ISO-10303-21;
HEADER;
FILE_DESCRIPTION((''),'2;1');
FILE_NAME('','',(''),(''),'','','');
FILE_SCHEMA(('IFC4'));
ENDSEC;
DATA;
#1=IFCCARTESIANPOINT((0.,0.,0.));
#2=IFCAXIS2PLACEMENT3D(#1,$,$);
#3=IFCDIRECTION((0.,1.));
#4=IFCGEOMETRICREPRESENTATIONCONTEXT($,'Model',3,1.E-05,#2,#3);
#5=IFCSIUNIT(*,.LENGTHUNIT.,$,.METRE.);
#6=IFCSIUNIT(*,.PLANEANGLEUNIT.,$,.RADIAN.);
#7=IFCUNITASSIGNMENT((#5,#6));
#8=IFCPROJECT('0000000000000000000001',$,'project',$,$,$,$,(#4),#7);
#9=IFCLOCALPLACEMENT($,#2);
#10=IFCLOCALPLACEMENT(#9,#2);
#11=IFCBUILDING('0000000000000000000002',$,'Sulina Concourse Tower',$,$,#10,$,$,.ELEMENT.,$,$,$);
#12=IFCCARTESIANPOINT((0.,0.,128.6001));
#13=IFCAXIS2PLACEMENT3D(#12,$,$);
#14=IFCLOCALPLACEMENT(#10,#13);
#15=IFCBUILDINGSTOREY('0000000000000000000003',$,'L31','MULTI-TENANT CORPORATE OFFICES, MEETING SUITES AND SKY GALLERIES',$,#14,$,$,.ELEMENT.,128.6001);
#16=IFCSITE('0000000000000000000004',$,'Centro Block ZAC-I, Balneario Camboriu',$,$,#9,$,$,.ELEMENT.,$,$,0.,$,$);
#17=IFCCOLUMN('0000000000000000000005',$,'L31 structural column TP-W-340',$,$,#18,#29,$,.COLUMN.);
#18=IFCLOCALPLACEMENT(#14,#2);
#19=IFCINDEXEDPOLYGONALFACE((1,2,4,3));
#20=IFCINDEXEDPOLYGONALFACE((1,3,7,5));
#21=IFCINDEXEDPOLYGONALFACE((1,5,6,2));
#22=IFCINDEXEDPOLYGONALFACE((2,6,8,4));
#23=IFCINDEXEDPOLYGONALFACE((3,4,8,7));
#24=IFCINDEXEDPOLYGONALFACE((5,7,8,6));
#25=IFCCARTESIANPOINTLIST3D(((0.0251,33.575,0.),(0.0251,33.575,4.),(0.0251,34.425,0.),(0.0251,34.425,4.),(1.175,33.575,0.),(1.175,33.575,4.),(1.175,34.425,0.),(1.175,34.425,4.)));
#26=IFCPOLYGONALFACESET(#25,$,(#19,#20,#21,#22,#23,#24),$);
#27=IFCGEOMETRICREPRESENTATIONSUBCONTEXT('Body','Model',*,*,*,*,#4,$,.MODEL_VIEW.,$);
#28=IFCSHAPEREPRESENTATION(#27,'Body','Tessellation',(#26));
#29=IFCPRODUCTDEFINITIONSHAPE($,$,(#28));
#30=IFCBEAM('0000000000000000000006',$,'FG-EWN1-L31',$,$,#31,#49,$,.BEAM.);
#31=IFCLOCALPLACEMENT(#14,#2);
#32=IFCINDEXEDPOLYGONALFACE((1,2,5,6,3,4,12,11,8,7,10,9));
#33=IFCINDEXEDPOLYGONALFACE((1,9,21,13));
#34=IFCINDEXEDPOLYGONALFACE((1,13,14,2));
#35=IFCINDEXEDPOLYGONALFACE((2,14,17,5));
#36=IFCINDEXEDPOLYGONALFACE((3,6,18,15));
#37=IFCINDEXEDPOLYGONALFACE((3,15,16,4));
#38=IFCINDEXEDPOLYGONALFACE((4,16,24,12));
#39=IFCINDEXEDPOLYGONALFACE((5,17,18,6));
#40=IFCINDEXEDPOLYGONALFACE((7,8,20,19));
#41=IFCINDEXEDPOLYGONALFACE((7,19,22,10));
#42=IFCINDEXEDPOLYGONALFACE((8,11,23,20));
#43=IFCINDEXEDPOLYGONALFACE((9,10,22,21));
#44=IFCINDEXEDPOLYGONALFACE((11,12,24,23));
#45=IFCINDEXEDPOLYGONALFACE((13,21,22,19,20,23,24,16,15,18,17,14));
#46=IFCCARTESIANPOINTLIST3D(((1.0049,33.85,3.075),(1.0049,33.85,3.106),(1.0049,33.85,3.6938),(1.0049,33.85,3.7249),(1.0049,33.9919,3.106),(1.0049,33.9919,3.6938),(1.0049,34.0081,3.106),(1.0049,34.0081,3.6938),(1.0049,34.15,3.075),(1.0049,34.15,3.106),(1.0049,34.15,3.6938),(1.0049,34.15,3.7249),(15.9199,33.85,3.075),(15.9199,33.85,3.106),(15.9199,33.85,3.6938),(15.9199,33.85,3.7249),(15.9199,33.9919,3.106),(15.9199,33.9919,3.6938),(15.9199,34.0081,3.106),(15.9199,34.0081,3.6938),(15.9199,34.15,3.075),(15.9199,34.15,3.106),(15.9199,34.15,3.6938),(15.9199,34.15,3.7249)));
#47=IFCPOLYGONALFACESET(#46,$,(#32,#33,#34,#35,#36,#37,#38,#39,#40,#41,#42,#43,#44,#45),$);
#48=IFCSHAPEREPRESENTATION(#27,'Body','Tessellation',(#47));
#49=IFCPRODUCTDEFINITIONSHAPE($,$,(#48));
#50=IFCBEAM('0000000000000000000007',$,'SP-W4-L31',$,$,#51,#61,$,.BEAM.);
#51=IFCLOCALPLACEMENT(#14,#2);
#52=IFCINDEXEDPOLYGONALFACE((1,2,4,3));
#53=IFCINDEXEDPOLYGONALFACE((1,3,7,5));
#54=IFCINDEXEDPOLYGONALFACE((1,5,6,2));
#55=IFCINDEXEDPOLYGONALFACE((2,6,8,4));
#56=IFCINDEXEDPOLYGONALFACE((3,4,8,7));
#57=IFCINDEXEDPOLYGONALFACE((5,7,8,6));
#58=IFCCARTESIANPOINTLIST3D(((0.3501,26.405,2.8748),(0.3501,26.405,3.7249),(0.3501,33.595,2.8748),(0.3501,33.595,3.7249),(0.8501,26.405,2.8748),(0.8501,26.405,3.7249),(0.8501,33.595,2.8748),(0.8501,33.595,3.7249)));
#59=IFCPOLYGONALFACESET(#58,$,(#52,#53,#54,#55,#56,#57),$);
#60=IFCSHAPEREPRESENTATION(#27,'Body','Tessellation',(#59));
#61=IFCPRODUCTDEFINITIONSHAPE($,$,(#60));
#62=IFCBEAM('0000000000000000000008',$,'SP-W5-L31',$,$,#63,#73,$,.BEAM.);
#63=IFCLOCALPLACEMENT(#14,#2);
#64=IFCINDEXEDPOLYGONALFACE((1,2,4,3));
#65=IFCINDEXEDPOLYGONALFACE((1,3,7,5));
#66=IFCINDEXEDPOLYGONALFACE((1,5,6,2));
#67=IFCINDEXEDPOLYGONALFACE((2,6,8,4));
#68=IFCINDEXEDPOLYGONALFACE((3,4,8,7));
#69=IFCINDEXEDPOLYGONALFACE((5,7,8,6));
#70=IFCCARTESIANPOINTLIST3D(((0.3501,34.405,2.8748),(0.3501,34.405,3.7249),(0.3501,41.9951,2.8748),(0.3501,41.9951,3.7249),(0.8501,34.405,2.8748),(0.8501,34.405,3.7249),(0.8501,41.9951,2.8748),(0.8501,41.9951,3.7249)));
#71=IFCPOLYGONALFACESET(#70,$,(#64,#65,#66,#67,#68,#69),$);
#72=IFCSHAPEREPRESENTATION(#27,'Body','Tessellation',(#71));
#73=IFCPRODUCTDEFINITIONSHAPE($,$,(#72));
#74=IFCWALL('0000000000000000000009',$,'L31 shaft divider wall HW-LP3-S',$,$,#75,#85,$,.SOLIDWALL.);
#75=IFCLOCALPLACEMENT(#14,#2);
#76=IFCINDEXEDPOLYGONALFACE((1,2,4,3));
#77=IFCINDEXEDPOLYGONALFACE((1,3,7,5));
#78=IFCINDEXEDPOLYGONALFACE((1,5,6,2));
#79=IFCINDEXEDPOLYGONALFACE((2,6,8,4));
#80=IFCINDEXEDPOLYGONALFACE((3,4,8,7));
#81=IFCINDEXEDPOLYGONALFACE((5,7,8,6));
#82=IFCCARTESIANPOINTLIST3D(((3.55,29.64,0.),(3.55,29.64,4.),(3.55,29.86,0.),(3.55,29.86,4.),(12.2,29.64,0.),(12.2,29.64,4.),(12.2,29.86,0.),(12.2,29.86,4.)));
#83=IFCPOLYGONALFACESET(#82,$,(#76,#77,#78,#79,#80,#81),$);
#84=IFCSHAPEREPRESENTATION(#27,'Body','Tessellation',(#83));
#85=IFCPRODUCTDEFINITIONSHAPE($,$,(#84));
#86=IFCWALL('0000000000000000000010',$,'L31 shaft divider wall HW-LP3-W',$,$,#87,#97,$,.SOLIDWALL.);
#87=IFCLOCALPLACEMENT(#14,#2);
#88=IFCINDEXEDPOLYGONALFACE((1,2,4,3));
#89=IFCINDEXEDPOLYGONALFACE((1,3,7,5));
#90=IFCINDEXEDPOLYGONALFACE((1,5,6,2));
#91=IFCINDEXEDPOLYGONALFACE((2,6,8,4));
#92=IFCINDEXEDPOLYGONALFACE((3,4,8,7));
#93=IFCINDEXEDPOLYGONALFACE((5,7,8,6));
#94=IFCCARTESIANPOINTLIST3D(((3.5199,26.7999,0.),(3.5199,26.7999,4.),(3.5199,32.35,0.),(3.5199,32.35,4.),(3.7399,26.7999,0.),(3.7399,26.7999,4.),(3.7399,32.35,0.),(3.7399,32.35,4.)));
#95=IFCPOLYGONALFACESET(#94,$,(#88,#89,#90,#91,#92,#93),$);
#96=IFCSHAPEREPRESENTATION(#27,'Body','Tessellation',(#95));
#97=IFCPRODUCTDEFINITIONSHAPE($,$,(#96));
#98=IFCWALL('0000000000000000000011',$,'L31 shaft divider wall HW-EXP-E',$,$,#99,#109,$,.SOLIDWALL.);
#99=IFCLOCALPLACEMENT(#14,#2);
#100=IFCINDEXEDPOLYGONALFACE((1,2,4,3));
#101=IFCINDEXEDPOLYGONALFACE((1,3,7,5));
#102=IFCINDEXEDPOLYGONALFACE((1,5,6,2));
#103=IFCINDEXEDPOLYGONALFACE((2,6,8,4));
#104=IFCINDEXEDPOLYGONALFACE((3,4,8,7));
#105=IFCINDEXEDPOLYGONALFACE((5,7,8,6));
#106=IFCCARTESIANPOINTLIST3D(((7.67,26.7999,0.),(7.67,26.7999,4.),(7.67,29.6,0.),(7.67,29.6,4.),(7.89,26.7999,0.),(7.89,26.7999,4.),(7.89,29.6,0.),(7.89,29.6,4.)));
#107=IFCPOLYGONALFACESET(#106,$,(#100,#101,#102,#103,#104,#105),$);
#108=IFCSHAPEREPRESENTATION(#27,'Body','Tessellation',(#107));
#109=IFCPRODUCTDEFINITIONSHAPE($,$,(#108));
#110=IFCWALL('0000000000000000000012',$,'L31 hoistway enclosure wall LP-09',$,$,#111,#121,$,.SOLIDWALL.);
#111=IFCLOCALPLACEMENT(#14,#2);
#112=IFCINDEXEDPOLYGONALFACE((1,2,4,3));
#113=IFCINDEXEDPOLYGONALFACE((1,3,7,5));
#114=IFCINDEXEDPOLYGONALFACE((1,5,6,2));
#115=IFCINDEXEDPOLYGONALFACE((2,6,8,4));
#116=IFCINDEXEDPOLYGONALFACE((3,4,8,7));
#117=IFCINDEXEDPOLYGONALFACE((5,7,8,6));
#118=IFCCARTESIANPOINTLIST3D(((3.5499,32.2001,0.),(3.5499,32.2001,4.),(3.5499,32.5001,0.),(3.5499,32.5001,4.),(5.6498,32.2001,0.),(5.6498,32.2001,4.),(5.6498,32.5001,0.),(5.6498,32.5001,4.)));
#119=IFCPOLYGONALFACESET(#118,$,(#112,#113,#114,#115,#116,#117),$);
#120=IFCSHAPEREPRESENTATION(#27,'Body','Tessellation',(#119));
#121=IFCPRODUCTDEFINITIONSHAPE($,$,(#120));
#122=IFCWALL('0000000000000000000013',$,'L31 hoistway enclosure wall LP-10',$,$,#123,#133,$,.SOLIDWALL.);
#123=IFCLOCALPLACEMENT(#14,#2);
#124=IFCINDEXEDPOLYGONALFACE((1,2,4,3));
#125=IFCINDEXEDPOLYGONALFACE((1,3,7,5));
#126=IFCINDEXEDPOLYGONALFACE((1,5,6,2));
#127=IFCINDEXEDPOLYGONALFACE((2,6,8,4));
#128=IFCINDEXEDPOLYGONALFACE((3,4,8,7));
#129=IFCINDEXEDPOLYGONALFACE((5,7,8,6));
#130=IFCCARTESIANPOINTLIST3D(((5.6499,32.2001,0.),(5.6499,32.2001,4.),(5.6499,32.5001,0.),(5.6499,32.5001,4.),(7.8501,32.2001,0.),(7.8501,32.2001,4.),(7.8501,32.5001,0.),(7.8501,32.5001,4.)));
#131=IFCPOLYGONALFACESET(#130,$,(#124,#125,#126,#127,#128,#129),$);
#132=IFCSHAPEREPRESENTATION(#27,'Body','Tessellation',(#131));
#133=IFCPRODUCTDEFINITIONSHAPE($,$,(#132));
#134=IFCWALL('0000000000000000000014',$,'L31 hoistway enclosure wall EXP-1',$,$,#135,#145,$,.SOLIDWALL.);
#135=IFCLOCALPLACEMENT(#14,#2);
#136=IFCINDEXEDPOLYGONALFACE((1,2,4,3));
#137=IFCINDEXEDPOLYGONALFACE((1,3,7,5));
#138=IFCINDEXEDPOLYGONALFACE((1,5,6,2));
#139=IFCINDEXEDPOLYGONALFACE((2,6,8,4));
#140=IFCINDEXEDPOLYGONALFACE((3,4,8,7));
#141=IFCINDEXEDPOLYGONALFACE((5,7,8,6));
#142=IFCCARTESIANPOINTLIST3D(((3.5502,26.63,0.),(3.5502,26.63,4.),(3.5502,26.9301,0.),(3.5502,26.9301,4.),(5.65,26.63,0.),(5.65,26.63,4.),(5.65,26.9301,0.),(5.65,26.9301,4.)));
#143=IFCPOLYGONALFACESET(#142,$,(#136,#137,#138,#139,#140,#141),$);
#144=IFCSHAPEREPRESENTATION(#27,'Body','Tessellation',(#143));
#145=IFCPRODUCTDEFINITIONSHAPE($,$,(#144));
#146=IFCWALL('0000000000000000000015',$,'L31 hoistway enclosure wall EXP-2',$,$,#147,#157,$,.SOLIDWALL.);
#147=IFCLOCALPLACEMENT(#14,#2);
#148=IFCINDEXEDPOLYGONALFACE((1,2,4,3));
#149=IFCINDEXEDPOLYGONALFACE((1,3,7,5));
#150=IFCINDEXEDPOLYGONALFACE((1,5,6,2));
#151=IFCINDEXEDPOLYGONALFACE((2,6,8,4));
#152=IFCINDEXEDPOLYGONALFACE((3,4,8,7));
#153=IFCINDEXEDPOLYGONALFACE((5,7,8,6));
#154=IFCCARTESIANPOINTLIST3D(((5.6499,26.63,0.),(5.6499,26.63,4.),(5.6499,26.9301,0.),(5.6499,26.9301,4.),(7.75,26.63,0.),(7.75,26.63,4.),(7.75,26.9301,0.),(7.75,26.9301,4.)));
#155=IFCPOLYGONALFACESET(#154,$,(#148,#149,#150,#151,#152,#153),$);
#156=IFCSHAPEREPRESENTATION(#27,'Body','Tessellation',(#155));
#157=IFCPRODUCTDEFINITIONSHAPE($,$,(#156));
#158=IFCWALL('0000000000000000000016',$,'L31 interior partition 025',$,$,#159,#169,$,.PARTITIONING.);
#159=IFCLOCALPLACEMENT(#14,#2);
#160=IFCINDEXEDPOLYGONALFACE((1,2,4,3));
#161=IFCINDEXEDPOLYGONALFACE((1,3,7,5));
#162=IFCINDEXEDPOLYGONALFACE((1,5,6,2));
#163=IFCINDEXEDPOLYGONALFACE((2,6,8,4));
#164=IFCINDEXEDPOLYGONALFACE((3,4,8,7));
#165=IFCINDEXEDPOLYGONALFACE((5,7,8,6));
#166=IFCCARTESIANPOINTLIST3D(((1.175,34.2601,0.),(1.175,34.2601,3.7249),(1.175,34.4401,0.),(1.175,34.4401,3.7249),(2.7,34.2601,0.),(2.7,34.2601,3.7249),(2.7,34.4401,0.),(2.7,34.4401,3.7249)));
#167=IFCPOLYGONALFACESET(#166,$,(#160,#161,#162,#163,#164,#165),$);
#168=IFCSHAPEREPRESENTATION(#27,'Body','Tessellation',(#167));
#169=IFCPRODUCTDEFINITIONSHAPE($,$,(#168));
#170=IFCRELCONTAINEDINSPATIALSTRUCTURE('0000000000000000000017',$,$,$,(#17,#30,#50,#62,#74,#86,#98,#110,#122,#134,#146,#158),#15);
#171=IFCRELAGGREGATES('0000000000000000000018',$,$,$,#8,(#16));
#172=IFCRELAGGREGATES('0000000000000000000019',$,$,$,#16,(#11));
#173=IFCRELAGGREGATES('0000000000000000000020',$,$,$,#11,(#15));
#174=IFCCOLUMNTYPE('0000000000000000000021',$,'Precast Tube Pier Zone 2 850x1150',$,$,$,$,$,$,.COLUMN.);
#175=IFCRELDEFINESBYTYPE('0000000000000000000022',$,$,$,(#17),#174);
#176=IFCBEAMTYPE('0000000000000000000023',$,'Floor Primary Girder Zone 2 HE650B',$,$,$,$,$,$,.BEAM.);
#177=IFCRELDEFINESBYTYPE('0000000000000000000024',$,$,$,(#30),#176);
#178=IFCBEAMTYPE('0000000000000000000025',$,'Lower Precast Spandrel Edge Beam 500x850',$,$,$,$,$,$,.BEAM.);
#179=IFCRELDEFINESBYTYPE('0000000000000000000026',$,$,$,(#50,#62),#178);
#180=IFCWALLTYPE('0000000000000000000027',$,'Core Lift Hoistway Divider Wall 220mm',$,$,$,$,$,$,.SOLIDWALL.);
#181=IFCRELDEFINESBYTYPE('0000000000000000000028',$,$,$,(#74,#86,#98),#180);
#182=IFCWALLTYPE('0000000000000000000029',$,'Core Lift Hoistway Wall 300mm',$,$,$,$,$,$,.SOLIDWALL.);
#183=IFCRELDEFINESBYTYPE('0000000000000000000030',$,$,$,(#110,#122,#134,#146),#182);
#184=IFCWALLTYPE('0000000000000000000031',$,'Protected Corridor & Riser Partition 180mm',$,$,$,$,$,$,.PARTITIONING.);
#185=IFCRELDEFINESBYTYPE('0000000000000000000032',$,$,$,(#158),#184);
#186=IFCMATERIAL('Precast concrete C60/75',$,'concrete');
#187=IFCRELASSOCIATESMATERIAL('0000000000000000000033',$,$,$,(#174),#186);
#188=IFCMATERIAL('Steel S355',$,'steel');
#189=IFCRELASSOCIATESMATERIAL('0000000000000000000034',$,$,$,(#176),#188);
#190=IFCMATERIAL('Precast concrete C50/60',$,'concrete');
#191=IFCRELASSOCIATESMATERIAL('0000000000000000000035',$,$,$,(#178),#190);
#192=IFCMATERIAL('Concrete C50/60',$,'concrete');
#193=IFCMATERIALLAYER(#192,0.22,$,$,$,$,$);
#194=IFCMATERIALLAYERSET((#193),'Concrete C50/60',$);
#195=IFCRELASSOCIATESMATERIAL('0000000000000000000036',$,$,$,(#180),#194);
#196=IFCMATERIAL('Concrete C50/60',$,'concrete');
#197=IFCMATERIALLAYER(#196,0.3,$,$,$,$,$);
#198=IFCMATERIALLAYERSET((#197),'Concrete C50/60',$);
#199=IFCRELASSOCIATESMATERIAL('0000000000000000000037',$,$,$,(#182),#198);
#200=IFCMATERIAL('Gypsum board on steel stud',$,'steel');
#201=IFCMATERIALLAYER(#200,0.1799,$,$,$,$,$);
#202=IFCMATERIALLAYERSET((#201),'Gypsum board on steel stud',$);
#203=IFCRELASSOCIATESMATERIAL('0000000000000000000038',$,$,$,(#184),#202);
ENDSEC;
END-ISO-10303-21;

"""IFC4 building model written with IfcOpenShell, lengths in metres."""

from ifc_helpers import new_model, si_unit, direction, frame, frame_2d, origin, origin_2d, place, context, subcontext, project, spatial, rectangle, i_section, extrude, material, layer, layer_set, material_profile, profile_set, type_object, element, save


model = new_model("IFC4")

# Units and contexts
model_context = context("Model", 3, precision=1e-05, world=origin(), true_north=direction((0.0, 1.0)))
body_context = subcontext(model_context, "Body", "Model", "MODEL_VIEW")
ifc_project = project(units=[si_unit("LENGTHUNIT", "METRE"), si_unit("PLANEANGLEUNIT", "RADIAN")], contexts=[model_context])

# Site, building, storey
site_placement = place(None, origin())
site = spatial("IfcSite", under=ifc_project, at=site_placement, Name="Centro Block ZAC-I, Balneario Camboriu", CompositionType="ELEMENT", RefElevation=0.0)
building_placement = place(site_placement, origin())
building = spatial("IfcBuilding", under=site, at=building_placement, Name="Sulina Concourse Tower", CompositionType="ELEMENT")
storey_placement = place(building_placement, frame((0.0, 0.0, 128.6001)))
storey = spatial("IfcBuildingStorey", under=building, at=storey_placement, Name="L31", Description="MULTI-TENANT CORPORATE OFFICES, MEETING SUITES AND SKY GALLERIES", CompositionType="ELEMENT", Elevation=128.6001)

# Column
ifc_material_1 = material(Name="Precast concrete C60/75", Category="concrete")
ifc_material_profile_1 = material_profile(ifc_material_1, rectangle(XDim=0.8501, YDim=1.1499, at=origin_2d()), Name="PC 850x1150")
ifc_profile_set_1 = profile_set([ifc_material_profile_1], Name="Precast concrete C60/75")
column_type = type_object("IfcColumnType", Name="Precast Tube Pier Zone 2 850x1150", PredefinedType="COLUMN", material=ifc_profile_set_1)
column_placement = place(storey_placement, frame((0.6001, 34.0, 0.0), z_axis=(0.0, 0.0, 1.0), x_axis=(0.0, 1.0, 0.0)))
element("IfcColumn", 1, at=column_placement, inside=storey, type_object=column_type, Name="L31 structural column TP-W-340", PredefinedType="COLUMN", context=body_context, shape_type="SweptSolid", body=[
    extrude(rectangle(XDim=0.8501, YDim=1.1499, at=origin_2d()), origin(), (0.0, 0.0, 1.0), 4.0),
])

# Beams
ifc_material_2 = material(Name="Steel S355", Category="steel")
ifc_material_profile_2 = material_profile(ifc_material_2, i_section(OverallWidth=0.3, OverallDepth=0.6499, WebThickness=0.0161, FlangeThickness=0.031, at=origin_2d()), Name="HE 650 B")
ifc_profile_set_2 = profile_set([ifc_material_profile_2], Name="Steel S355")
beam_type_1 = type_object("IfcBeamType", Name="Floor Primary Girder Zone 2 HE650B", PredefinedType="BEAM", material=ifc_profile_set_2)
beam_1_placement = place(storey_placement, frame((1.0049, 34.0, 3.3999), z_axis=(1.0, 0.0, 0.0), x_axis=(0.0, 1.0, 0.0)))
element("IfcBeam", 2, at=beam_1_placement, inside=storey, type_object=beam_type_1, Name="FG-EWN1-L31", PredefinedType="BEAM", context=body_context, shape_type="SweptSolid", body=[
    extrude(i_section(OverallWidth=0.3, OverallDepth=0.6499, WebThickness=0.0161, FlangeThickness=0.031, at=origin_2d()), origin(), (0.0, 0.0, 1.0), 14.915),
])
ifc_material_3 = material(Name="Precast concrete C50/60", Category="concrete")
ifc_material_profile_3 = material_profile(ifc_material_3, rectangle(XDim=0.5, YDim=0.8501, at=origin_2d()), Name="RC 500x850")
ifc_profile_set_3 = profile_set([ifc_material_profile_3], Name="Precast concrete C50/60")
beam_type_2 = type_object("IfcBeamType", Name="Lower Precast Spandrel Edge Beam 500x850", PredefinedType="BEAM", material=ifc_profile_set_3)
beam_2_placement = place(storey_placement, frame((0.6001, 26.405, 3.2998), z_axis=(0.0, 1.0, 0.0), x_axis=(-1.0, 0.0, 0.0)))
element("IfcBeam", 3, at=beam_2_placement, inside=storey, type_object=beam_type_2, Name="SP-W4-L31", PredefinedType="BEAM", context=body_context, shape_type="SweptSolid", body=[
    extrude(rectangle(XDim=0.5, YDim=0.8501, at=origin_2d()), origin(), (0.0, 0.0, 1.0), 7.1899),
])
beam_3_placement = place(storey_placement, frame((0.6001, 34.405, 3.2998), z_axis=(0.0, 1.0, 0.0), x_axis=(-1.0, 0.0, 0.0)))
element("IfcBeam", 4, at=beam_3_placement, inside=storey, type_object=beam_type_2, Name="SP-W5-L31", PredefinedType="BEAM", context=body_context, shape_type="SweptSolid", body=[
    extrude(rectangle(XDim=0.5, YDim=0.8501, at=origin_2d()), origin(), (0.0, 0.0, 1.0), 7.5901),
])

# Walls
ifc_material_4 = material(Name="Concrete C50/60", Category="concrete")
ifc_layer_1 = layer(ifc_material_4, 0.22)
ifc_layer_set_1 = layer_set([ifc_layer_1], Name="Concrete C50/60")
wall_type_1 = type_object("IfcWallType", Name="Core Lift Hoistway Divider Wall 220mm", PredefinedType="SOLIDWALL", material=ifc_layer_set_1)
wall_1_placement = place(storey_placement, frame((3.55, 29.75, 0.0), z_axis=(0.0, 0.0, 1.0), x_axis=(1.0, 0.0, 0.0)))
element("IfcWall", 5, at=wall_1_placement, inside=storey, type_object=wall_type_1, Name="L31 shaft divider wall HW-LP3-S", PredefinedType="SOLIDWALL", context=body_context, shape_type="SweptSolid", body=[
    extrude(rectangle(XDim=8.6499, YDim=0.22, at=frame_2d((4.325, 0.0))), origin(), (0.0, 0.0, 1.0), 4.0),
])
wall_2_placement = place(storey_placement, frame((3.6299, 26.8, 0.0), z_axis=(0.0, 0.0, 1.0), x_axis=(0.0, 1.0, 0.0)))
element("IfcWall", 6, at=wall_2_placement, inside=storey, type_object=wall_type_1, Name="L31 shaft divider wall HW-LP3-W", PredefinedType="SOLIDWALL", context=body_context, shape_type="SweptSolid", body=[
    extrude(rectangle(XDim=5.55, YDim=0.22, at=frame_2d((2.7749, 0.0))), origin(), (0.0, 0.0, 1.0), 4.0),
])
wall_3_placement = place(storey_placement, frame((7.78, 26.8, 0.0), z_axis=(0.0, 0.0, 1.0), x_axis=(0.0, 1.0, 0.0)))
element("IfcWall", 7, at=wall_3_placement, inside=storey, type_object=wall_type_1, Name="L31 shaft divider wall HW-EXP-E", PredefinedType="SOLIDWALL", context=body_context, shape_type="SweptSolid", body=[
    extrude(rectangle(XDim=2.8, YDim=0.22, at=frame_2d((1.3999, 0.0))), origin(), (0.0, 0.0, 1.0), 4.0),
])
ifc_material_5 = material(Name="Concrete C50/60", Category="concrete")
ifc_layer_2 = layer(ifc_material_5, 0.3)
ifc_layer_set_2 = layer_set([ifc_layer_2], Name="Concrete C50/60")
wall_type_2 = type_object("IfcWallType", Name="Core Lift Hoistway Wall 300mm", PredefinedType="SOLIDWALL", material=ifc_layer_set_2)
wall_4_placement = place(storey_placement, frame((3.55, 32.3501, 0.0), z_axis=(0.0, 0.0, 1.0), x_axis=(1.0, 0.0, 0.0)))
element("IfcWall", 8, at=wall_4_placement, inside=storey, type_object=wall_type_2, Name="L31 hoistway enclosure wall LP-09", PredefinedType="SOLIDWALL", context=body_context, shape_type="SweptSolid", body=[
    extrude(rectangle(XDim=2.0999, YDim=0.3, at=frame_2d((1.0498, 0.0))), origin(), (0.0, 0.0, 1.0), 4.0),
])
wall_5_placement = place(storey_placement, frame((5.6499, 32.3501, 0.0), z_axis=(0.0, 0.0, 1.0), x_axis=(1.0, 0.0, 0.0)))
element("IfcWall", 9, at=wall_5_placement, inside=storey, type_object=wall_type_2, Name="L31 hoistway enclosure wall LP-10", PredefinedType="SOLIDWALL", context=body_context, shape_type="SweptSolid", body=[
    extrude(rectangle(XDim=2.2002, YDim=0.3, at=frame_2d((1.1001, 0.0))), origin(), (0.0, 0.0, 1.0), 4.0),
])
wall_6_placement = place(storey_placement, frame((5.6499, 26.78, 0.0), z_axis=(0.0, 0.0, 1.0), x_axis=(-1.0, 0.0, 0.0)))
element("IfcWall", 10, at=wall_6_placement, inside=storey, type_object=wall_type_2, Name="L31 hoistway enclosure wall EXP-1", PredefinedType="SOLIDWALL", context=body_context, shape_type="SweptSolid", body=[
    extrude(rectangle(XDim=2.0999, YDim=0.3, at=frame_2d((1.0498, 0.0))), origin(), (0.0, 0.0, 1.0), 4.0),
])
wall_7_placement = place(storey_placement, frame((7.75, 26.78, 0.0), z_axis=(0.0, 0.0, 1.0), x_axis=(-1.0, 0.0, 0.0)))
element("IfcWall", 11, at=wall_7_placement, inside=storey, type_object=wall_type_2, Name="L31 hoistway enclosure wall EXP-2", PredefinedType="SOLIDWALL", context=body_context, shape_type="SweptSolid", body=[
    extrude(rectangle(XDim=2.1001, YDim=0.3, at=frame_2d((1.05, 0.0))), origin(), (0.0, 0.0, 1.0), 4.0),
])
ifc_material_6 = material(Name="Gypsum board on steel stud", Category="steel")
ifc_layer_3 = layer(ifc_material_6, 0.1799)
ifc_layer_set_3 = layer_set([ifc_layer_3], Name="Gypsum board on steel stud")
wall_type_3 = type_object("IfcWallType", Name="Protected Corridor & Riser Partition 180mm", PredefinedType="PARTITIONING", material=ifc_layer_set_3)
wall_8_placement = place(storey_placement, frame((1.175, 34.3501, 0.0), z_axis=(0.0, 0.0, 1.0), x_axis=(1.0, 0.0, 0.0)))
element("IfcWall", 12, at=wall_8_placement, inside=storey, type_object=wall_type_3, Name="L31 interior partition 025", PredefinedType="PARTITIONING", context=body_context, shape_type="SweptSolid", body=[
    extrude(rectangle(XDim=1.5249, YDim=0.1799, at=frame_2d((0.7625, 0.0))), origin(), (0.0, 0.0, 1.0), 3.7249),
])

save(model, "model.ifc")
